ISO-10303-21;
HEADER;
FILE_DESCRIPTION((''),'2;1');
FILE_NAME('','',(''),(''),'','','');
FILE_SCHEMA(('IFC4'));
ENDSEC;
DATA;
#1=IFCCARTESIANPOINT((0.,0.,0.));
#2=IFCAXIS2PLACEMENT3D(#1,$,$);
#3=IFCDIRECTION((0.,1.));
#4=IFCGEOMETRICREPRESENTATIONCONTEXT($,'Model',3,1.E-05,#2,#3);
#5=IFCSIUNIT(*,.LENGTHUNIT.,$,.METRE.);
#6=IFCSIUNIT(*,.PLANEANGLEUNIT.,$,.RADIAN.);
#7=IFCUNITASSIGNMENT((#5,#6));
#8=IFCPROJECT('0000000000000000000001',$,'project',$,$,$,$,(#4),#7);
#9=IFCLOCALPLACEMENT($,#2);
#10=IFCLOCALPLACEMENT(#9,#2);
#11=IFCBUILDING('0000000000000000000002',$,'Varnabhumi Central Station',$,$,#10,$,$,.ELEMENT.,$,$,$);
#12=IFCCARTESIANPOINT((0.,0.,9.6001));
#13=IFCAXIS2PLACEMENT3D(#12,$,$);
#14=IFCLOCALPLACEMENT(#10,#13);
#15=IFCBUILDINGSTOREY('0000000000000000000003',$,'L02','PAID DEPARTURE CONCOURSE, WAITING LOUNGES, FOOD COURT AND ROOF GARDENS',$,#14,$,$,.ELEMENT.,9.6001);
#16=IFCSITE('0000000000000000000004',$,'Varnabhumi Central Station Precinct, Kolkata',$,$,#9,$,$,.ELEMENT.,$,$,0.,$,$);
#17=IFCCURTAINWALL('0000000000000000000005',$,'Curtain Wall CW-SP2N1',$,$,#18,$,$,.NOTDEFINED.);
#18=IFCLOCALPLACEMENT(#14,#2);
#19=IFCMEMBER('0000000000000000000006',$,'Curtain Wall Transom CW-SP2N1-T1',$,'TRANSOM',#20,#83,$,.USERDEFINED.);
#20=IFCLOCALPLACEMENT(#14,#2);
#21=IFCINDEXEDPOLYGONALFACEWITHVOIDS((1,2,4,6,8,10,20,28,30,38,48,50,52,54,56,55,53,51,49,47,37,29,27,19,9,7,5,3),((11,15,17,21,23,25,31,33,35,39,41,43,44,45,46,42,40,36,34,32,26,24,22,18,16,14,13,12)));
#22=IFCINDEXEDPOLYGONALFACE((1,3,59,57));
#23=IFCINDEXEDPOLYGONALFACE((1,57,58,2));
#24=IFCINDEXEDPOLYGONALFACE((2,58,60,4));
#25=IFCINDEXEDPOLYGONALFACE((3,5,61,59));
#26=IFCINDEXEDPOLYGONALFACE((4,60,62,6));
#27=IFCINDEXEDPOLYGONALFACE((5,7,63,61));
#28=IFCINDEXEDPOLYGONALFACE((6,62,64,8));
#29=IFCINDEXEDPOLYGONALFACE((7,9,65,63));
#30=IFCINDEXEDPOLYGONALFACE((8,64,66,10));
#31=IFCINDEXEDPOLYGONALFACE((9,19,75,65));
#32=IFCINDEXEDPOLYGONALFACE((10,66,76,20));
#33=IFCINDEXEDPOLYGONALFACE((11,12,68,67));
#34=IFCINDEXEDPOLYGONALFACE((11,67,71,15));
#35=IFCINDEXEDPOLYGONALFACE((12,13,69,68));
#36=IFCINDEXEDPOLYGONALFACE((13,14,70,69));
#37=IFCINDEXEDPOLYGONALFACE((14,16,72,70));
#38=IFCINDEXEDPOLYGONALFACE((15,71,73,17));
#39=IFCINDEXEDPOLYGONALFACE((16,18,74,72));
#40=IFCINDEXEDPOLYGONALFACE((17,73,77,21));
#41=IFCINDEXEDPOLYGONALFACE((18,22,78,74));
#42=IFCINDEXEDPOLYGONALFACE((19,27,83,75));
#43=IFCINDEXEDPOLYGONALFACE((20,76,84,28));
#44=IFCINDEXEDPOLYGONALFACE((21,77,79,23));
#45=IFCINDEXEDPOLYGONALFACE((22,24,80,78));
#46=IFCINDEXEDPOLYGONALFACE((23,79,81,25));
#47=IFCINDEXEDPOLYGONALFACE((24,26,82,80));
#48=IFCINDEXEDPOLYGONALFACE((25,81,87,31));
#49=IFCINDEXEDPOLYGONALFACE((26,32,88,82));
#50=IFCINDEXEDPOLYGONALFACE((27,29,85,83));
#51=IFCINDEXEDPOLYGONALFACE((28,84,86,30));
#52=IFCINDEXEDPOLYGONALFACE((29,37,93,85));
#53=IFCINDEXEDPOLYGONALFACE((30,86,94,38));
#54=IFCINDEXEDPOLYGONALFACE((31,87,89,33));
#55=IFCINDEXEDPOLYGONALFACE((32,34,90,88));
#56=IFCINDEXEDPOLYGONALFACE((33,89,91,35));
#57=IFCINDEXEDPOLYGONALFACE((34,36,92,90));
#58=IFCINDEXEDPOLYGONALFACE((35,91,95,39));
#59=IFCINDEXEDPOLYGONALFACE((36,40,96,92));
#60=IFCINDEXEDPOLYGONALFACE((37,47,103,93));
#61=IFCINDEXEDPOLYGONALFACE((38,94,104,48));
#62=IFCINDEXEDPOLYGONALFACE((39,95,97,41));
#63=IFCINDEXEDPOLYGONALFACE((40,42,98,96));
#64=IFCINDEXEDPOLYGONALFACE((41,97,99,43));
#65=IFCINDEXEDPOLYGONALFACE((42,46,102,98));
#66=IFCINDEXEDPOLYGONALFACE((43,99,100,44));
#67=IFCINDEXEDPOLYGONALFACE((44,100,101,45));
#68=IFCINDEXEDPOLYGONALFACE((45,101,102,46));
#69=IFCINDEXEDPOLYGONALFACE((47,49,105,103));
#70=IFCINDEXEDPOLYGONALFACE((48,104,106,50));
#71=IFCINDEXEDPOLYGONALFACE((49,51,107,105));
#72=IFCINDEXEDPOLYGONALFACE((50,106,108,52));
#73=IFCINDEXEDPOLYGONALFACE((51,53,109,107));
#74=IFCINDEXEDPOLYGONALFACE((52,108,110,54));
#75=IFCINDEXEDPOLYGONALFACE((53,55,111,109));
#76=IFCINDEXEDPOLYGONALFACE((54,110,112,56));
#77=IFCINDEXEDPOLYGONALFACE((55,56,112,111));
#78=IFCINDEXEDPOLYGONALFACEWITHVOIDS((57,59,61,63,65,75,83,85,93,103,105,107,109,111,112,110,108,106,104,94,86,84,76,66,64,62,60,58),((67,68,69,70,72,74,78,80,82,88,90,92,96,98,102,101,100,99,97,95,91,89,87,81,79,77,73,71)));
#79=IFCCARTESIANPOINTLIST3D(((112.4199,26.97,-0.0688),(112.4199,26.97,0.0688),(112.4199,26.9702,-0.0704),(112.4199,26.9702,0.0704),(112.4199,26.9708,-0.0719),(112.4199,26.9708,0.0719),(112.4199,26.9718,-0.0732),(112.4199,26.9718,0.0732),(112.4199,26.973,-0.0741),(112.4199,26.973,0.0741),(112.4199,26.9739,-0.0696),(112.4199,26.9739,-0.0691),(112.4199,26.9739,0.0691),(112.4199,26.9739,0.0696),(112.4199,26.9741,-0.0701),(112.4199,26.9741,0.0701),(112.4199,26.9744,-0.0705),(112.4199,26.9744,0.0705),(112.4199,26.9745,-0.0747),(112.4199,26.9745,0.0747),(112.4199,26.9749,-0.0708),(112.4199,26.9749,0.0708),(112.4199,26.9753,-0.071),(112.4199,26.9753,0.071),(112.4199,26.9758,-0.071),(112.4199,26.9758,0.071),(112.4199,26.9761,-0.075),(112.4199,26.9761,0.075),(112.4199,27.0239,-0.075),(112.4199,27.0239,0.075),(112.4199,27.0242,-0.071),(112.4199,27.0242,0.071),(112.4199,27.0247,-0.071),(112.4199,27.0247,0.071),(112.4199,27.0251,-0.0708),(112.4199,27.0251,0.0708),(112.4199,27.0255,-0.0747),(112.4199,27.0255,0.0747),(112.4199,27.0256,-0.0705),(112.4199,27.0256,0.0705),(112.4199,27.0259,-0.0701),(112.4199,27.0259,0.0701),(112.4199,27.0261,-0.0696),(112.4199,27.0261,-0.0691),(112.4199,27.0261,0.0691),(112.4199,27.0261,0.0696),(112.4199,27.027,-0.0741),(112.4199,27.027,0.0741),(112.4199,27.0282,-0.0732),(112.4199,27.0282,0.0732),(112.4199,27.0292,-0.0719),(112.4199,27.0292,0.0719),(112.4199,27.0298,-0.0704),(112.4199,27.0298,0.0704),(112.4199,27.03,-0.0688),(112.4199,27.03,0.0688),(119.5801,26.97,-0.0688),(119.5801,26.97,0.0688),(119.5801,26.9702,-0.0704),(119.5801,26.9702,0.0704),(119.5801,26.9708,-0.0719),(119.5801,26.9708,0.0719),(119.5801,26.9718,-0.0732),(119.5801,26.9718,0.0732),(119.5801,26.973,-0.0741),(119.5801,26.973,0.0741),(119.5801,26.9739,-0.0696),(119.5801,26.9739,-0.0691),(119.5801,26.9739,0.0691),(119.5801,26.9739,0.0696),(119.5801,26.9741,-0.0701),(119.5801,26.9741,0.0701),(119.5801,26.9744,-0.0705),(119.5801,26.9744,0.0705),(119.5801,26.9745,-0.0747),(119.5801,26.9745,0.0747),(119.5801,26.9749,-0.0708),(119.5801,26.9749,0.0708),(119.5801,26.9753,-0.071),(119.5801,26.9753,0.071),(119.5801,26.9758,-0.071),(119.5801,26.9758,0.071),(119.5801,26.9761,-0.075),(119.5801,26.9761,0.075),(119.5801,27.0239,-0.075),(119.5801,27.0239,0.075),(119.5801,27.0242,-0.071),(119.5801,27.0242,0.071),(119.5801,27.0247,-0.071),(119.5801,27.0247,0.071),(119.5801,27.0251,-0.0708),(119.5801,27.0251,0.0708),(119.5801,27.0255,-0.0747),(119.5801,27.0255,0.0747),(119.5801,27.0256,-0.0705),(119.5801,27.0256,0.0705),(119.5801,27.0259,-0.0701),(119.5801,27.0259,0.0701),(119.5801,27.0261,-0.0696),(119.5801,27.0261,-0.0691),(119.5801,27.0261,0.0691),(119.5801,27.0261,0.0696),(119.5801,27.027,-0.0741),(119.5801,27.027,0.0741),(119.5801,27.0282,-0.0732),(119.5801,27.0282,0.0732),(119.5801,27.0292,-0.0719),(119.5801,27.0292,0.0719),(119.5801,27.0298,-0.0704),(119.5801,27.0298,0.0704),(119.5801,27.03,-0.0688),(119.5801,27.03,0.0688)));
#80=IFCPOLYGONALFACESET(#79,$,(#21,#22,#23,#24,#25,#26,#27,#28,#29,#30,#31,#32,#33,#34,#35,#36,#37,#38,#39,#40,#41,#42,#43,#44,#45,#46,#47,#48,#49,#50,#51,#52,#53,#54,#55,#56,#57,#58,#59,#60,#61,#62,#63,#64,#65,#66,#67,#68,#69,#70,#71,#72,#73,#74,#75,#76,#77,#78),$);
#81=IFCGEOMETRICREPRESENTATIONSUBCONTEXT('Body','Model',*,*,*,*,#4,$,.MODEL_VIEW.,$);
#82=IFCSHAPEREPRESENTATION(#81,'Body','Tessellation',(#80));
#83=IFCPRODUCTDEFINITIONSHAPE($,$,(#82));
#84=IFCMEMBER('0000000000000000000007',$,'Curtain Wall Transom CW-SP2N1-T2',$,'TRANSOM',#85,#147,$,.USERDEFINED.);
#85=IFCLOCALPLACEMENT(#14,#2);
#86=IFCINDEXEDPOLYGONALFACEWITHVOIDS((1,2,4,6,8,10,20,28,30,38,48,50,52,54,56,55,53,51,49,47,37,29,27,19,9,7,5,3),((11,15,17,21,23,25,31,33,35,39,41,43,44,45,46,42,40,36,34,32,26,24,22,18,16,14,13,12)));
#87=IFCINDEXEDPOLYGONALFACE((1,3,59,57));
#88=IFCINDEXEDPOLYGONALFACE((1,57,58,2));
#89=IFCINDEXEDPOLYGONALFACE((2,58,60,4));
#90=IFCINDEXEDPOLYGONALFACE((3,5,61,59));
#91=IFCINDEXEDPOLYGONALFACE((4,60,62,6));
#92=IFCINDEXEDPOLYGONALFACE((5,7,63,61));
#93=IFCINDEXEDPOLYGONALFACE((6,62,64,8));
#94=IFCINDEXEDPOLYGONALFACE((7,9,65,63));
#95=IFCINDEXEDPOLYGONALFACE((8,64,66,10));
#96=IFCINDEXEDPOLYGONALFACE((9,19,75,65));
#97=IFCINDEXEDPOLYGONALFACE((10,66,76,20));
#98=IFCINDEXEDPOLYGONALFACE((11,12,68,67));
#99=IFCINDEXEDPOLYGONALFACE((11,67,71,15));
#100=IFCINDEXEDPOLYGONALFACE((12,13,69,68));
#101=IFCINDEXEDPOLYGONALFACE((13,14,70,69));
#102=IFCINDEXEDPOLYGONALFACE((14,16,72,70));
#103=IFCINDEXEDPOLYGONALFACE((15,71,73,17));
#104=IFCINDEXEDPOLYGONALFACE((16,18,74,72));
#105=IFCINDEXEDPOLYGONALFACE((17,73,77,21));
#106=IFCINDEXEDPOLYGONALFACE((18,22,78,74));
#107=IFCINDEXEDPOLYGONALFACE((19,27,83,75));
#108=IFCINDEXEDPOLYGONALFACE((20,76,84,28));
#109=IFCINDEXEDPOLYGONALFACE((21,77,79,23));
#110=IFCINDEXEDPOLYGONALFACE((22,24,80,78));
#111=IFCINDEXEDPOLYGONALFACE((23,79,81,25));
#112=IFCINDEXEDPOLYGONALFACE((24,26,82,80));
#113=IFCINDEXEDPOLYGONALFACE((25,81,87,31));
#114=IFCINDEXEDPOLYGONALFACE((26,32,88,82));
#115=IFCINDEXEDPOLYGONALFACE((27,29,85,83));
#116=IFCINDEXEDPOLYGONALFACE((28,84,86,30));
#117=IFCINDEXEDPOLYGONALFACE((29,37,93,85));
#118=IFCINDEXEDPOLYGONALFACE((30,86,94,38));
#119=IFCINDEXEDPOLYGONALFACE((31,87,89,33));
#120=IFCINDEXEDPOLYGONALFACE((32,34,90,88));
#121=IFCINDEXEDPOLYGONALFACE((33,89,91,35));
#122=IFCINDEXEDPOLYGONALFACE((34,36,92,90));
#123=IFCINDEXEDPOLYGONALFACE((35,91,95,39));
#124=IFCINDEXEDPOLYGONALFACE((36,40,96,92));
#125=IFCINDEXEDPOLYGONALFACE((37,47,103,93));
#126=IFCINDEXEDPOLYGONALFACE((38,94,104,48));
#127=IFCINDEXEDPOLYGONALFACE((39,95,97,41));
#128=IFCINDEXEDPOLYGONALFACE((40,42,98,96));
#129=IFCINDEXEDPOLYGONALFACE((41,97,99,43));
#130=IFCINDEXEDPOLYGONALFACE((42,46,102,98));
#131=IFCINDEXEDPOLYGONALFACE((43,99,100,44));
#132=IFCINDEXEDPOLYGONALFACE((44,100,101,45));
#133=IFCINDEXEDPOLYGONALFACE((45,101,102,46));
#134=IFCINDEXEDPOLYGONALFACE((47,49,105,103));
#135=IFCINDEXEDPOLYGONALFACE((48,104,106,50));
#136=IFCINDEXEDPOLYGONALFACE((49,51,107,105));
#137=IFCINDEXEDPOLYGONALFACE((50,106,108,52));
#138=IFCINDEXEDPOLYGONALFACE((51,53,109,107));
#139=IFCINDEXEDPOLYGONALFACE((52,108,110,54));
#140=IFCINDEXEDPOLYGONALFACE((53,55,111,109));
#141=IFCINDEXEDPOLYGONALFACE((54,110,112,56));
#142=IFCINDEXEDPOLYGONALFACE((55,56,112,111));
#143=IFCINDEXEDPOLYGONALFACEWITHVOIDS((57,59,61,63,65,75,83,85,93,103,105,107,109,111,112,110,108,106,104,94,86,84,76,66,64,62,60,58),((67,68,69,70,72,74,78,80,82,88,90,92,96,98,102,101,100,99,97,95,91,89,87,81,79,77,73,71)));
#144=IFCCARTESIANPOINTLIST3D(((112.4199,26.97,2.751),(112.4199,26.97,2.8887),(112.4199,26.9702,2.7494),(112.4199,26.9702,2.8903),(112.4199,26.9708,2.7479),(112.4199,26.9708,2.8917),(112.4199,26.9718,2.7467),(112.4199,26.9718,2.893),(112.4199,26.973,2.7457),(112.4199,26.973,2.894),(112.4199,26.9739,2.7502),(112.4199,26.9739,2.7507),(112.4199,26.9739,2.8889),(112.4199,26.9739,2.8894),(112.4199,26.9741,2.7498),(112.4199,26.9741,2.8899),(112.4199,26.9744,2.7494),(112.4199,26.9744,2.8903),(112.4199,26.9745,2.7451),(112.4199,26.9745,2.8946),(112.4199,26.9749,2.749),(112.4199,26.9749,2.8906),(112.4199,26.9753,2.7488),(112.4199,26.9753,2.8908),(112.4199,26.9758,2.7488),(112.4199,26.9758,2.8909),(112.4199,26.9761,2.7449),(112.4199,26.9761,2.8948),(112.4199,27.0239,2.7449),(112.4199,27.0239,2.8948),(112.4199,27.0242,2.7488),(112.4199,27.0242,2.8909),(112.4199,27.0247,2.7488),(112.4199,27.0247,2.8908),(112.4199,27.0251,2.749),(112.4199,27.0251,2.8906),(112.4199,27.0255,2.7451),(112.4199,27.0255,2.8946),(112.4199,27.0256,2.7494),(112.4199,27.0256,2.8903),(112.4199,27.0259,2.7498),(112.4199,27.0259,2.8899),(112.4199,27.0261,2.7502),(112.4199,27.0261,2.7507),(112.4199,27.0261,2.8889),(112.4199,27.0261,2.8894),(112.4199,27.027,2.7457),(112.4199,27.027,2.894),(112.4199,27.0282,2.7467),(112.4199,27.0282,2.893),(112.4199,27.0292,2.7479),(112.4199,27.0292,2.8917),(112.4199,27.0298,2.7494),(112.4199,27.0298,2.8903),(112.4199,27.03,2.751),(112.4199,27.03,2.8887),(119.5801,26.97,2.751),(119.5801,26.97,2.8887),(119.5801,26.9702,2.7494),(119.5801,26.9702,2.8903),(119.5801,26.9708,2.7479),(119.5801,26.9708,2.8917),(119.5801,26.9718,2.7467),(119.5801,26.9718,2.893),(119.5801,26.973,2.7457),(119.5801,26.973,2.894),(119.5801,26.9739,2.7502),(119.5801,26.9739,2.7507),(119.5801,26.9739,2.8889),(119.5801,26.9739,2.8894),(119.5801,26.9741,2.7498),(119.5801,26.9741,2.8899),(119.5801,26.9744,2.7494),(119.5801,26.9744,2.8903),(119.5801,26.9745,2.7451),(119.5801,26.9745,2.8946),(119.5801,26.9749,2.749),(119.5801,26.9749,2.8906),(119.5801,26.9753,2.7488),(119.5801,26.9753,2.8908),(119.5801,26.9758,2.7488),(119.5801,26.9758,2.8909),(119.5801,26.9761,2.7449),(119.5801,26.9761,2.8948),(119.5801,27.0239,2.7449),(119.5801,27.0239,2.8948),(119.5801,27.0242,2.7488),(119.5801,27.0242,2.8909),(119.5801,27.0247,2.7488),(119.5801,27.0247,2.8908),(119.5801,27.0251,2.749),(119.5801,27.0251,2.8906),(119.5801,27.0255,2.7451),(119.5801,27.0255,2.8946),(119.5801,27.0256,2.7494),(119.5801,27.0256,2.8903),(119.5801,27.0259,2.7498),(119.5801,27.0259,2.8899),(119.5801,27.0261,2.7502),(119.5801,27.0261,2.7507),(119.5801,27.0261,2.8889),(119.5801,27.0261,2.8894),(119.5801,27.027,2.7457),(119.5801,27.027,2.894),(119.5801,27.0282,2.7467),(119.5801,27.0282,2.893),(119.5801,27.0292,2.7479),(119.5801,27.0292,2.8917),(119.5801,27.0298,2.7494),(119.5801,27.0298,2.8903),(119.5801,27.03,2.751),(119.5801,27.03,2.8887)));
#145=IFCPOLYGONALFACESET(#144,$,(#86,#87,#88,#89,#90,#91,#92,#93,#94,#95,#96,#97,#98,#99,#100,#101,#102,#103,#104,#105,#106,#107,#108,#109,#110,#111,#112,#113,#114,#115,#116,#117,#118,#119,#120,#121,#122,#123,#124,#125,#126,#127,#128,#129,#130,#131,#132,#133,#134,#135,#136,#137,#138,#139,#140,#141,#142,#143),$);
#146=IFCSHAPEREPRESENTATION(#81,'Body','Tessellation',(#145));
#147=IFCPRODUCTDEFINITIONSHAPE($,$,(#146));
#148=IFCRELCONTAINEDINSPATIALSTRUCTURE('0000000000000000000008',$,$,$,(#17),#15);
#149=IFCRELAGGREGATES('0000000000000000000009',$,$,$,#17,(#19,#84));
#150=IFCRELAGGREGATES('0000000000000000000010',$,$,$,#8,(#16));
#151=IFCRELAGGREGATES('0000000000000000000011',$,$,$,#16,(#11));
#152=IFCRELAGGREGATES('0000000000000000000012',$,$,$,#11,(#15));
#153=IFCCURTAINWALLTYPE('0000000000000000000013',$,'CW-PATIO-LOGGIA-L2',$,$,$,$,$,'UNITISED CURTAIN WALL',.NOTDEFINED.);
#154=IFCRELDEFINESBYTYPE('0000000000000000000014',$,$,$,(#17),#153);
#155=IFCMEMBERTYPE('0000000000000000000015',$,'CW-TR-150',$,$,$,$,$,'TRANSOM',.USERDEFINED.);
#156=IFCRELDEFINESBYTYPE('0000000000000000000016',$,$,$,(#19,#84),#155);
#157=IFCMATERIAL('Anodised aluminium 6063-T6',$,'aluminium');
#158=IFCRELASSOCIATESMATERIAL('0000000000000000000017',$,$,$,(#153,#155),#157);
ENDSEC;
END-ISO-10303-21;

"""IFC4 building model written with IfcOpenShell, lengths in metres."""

from ifc_helpers import new_model, si_unit, direction, frame, origin, origin_2d, place, context, subcontext, project, spatial, hollow_rectangle, extrude, material, material_profile, profile_set, type_object, element, aggregate, save


model = new_model("IFC4")

# Units and contexts
model_context = context("Model", 3, precision=1e-05, world=origin(), true_north=direction((0.0, 1.0)))
body_context = subcontext(model_context, "Body", "Model", "MODEL_VIEW")
ifc_project = project(units=[si_unit("LENGTHUNIT", "METRE"), si_unit("PLANEANGLEUNIT", "RADIAN")], contexts=[model_context])

# Site, building, storey
site_placement = place(None, origin())
site = spatial("IfcSite", under=ifc_project, at=site_placement, Name="Varnabhumi Central Station Precinct, Kolkata", CompositionType="ELEMENT", RefElevation=0.0)
building_placement = place(site_placement, origin())
building = spatial("IfcBuilding", under=site, at=building_placement, Name="Varnabhumi Central Station", CompositionType="ELEMENT")
storey_placement = place(building_placement, frame((0.0, 0.0, 9.6001)))
storey = spatial("IfcBuildingStorey", under=building, at=storey_placement, Name="L02", Description="PAID DEPARTURE CONCOURSE, WAITING LOUNGES, FOOD COURT AND ROOF GARDENS", CompositionType="ELEMENT", Elevation=9.6001)

# Curtain wall, members
ifc_material_1 = material(Name="Anodised aluminium 6063-T6", Category="aluminium")
curtain_wall_type = type_object("IfcCurtainWallType", Name="CW-PATIO-LOGGIA-L2", ElementType="UNITISED CURTAIN WALL", PredefinedType="NOTDEFINED", material=ifc_material_1)
curtain_wall_1_placement = place(storey_placement, origin())
curtain_wall_1 = element("IfcCurtainWall", 1, at=curtain_wall_1_placement, inside=storey, type_object=curtain_wall_type, Name="Curtain Wall CW-SP2N1", PredefinedType="NOTDEFINED")
ifc_material_profile_1 = material_profile(ifc_material_1, hollow_rectangle(XDim=0.0601, YDim=0.1499, WallThickness=0.0039, InnerFilletRadius=0.002, OuterFilletRadius=0.0061, at=origin_2d()), Name="Anodised aluminium 6063-T6", Category="aluminium")
ifc_profile_set_1 = profile_set([ifc_material_profile_1], Name="Anodised aluminium 6063-T6")
member_type_1 = type_object("IfcMemberType", Name="CW-TR-150", ElementType="TRANSOM", PredefinedType="USERDEFINED", material=ifc_profile_set_1)
member_1_placement = place(storey_placement, frame((112.4199, 27.0, 0.0), z_axis=(1.0, 0.0, 0.0), x_axis=(0.0, 1.0, 0.0)))
member_1 = element("IfcMember", 2, at=member_1_placement, type_object=member_type_1, Name="Curtain Wall Transom CW-SP2N1-T1", ObjectType="TRANSOM", PredefinedType="USERDEFINED", context=body_context, shape_type="SweptSolid", body=[
    extrude(hollow_rectangle(XDim=0.0601, YDim=0.1499, WallThickness=0.0039, InnerFilletRadius=0.002, OuterFilletRadius=0.0061, at=origin_2d()), origin(), (0.0, 0.0, 1.0), 7.1602),
])
member_2_placement = place(storey_placement, frame((112.4199, 27.0, 2.8198), z_axis=(1.0, 0.0, 0.0), x_axis=(0.0, 1.0, 0.0)))
member_2 = element("IfcMember", 3, at=member_2_placement, type_object=member_type_1, Name="Curtain Wall Transom CW-SP2N1-T2", ObjectType="TRANSOM", PredefinedType="USERDEFINED", context=body_context, shape_type="SweptSolid", body=[
    extrude(hollow_rectangle(XDim=0.0601, YDim=0.1499, WallThickness=0.0039, InnerFilletRadius=0.002, OuterFilletRadius=0.0061, at=origin_2d()), origin(), (0.0, 0.0, 1.0), 7.1602),
])

aggregate(curtain_wall_1, [member_1, member_2])

save(model, "model.ifc")
